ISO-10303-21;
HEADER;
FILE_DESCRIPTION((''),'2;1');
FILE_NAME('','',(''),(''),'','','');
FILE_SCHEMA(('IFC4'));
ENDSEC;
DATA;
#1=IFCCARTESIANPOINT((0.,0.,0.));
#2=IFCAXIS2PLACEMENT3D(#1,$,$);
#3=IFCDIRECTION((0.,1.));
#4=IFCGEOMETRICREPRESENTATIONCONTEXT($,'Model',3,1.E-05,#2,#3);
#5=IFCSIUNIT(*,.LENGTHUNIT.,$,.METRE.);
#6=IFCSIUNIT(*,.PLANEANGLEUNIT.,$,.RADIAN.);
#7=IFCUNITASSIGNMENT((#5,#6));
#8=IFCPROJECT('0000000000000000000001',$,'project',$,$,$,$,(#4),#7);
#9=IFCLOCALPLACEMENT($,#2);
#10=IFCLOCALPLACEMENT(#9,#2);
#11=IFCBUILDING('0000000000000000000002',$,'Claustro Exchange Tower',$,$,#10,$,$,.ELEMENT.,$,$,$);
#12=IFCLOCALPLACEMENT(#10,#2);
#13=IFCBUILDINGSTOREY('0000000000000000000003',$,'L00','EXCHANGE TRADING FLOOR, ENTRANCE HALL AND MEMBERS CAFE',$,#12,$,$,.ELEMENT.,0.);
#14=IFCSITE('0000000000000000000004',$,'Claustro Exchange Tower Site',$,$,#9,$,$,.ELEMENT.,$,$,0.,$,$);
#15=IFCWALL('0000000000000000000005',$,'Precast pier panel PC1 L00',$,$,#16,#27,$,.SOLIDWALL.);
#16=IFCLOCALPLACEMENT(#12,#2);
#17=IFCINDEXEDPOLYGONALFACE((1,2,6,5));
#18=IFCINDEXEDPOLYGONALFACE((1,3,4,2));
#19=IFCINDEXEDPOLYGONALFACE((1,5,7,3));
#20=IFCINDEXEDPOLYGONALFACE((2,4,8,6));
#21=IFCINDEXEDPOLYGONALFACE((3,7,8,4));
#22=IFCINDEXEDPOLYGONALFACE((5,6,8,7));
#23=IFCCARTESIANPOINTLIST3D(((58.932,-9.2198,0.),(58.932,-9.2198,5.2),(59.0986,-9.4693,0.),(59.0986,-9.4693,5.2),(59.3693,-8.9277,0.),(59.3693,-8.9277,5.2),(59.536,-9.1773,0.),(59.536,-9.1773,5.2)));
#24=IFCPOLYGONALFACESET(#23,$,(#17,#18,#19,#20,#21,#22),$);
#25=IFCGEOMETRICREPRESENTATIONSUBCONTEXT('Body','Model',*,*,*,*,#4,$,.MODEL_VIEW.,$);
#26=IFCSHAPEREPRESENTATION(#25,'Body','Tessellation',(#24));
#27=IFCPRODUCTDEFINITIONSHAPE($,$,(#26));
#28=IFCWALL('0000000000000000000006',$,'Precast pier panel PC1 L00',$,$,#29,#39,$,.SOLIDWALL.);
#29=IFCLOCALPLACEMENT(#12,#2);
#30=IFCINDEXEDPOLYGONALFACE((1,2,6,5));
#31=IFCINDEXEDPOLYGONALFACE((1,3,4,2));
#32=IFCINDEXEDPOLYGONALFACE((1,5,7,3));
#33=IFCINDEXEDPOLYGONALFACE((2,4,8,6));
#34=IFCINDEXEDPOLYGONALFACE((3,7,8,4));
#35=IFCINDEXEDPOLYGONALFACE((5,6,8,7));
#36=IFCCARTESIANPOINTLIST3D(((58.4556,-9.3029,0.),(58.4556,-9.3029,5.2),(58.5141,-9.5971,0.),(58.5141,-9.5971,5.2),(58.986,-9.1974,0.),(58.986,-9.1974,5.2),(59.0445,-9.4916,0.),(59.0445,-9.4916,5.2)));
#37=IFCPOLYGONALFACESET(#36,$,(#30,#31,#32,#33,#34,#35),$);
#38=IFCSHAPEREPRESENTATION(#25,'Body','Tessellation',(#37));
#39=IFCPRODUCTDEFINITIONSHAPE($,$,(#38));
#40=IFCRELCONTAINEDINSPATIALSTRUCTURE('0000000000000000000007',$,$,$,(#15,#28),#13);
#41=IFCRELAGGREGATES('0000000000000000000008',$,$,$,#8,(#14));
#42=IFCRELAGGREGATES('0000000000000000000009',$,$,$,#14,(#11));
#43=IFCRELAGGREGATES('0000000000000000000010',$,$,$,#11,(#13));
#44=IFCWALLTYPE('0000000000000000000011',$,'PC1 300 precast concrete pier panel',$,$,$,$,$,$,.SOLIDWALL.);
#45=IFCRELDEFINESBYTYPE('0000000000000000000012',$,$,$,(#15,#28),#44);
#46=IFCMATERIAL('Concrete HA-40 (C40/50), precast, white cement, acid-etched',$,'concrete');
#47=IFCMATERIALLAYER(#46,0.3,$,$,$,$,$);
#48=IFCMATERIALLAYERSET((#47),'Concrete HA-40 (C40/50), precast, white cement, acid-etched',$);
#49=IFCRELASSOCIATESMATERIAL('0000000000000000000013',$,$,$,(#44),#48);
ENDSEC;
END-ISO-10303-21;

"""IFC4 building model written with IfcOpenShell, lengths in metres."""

from ifc_helpers import new_model, si_unit, direction, frame, frame_2d, origin, place, context, subcontext, project, spatial, rectangle, extrude, material, layer, layer_set, type_object, element, save


model = new_model("IFC4")

# Units and contexts
model_context = context("Model", 3, precision=1e-05, world=origin(), true_north=direction((0.0, 1.0)))
body_context = subcontext(model_context, "Body", "Model", "MODEL_VIEW")
ifc_project = project(units=[si_unit("LENGTHUNIT", "METRE"), si_unit("PLANEANGLEUNIT", "RADIAN")], contexts=[model_context])

# Site, building, storey
site_placement = place(None, origin())
site = spatial("IfcSite", under=ifc_project, at=site_placement, Name="Claustro Exchange Tower Site", CompositionType="ELEMENT", RefElevation=0.0)
building_placement = place(site_placement, origin())
building = spatial("IfcBuilding", under=site, at=building_placement, Name="Claustro Exchange Tower", CompositionType="ELEMENT")
storey_placement = place(building_placement, origin())
storey = spatial("IfcBuildingStorey", under=building, at=storey_placement, Name="L00", Description="EXCHANGE TRADING FLOOR, ENTRANCE HALL AND MEMBERS CAFE", CompositionType="ELEMENT", Elevation=0.0)

# Walls
ifc_material_1 = material(Name="Concrete HA-40 (C40/50), precast, white cement, acid-etched", Category="concrete")
ifc_layer_1 = layer(ifc_material_1, 0.3)
ifc_layer_set_1 = layer_set([ifc_layer_1], Name="Concrete HA-40 (C40/50), precast, white cement, acid-etched")
wall_type = type_object("IfcWallType", Name="PC1 300 precast concrete pier panel", PredefinedType="SOLIDWALL", material=ifc_layer_set_1)
wall_1_placement = place(storey_placement, frame((59.4526, -9.0525, 0.0), z_axis=(0.0, 0.0, 1.0), x_axis=(-0.831621, -0.555343, 0.0)))
element("IfcWall", 1, at=wall_1_placement, inside=storey, type_object=wall_type, Name="Precast pier panel PC1 L00", PredefinedType="SOLIDWALL", context=body_context, shape_type="SweptSolid", body=[
    extrude(rectangle(XDim=0.5259, YDim=0.3, at=frame_2d((0.2629, 0.0))), origin(), (0.0, 0.0, 1.0), 5.2),
])
wall_2_placement = place(storey_placement, frame((59.0154, -9.3445, 0.0), z_axis=(0.0, 0.0, 1.0), x_axis=(-0.980789, -0.195074, 0.0)))
element("IfcWall", 2, at=wall_2_placement, inside=storey, type_object=wall_type, Name="Precast pier panel PC1 L00", PredefinedType="SOLIDWALL", context=body_context, shape_type="SweptSolid", body=[
    extrude(rectangle(XDim=0.5408, YDim=0.3, at=frame_2d((0.2705, 0.0))), origin(), (0.0, 0.0, 1.0), 5.2),
])

save(model, "model.ifc")
